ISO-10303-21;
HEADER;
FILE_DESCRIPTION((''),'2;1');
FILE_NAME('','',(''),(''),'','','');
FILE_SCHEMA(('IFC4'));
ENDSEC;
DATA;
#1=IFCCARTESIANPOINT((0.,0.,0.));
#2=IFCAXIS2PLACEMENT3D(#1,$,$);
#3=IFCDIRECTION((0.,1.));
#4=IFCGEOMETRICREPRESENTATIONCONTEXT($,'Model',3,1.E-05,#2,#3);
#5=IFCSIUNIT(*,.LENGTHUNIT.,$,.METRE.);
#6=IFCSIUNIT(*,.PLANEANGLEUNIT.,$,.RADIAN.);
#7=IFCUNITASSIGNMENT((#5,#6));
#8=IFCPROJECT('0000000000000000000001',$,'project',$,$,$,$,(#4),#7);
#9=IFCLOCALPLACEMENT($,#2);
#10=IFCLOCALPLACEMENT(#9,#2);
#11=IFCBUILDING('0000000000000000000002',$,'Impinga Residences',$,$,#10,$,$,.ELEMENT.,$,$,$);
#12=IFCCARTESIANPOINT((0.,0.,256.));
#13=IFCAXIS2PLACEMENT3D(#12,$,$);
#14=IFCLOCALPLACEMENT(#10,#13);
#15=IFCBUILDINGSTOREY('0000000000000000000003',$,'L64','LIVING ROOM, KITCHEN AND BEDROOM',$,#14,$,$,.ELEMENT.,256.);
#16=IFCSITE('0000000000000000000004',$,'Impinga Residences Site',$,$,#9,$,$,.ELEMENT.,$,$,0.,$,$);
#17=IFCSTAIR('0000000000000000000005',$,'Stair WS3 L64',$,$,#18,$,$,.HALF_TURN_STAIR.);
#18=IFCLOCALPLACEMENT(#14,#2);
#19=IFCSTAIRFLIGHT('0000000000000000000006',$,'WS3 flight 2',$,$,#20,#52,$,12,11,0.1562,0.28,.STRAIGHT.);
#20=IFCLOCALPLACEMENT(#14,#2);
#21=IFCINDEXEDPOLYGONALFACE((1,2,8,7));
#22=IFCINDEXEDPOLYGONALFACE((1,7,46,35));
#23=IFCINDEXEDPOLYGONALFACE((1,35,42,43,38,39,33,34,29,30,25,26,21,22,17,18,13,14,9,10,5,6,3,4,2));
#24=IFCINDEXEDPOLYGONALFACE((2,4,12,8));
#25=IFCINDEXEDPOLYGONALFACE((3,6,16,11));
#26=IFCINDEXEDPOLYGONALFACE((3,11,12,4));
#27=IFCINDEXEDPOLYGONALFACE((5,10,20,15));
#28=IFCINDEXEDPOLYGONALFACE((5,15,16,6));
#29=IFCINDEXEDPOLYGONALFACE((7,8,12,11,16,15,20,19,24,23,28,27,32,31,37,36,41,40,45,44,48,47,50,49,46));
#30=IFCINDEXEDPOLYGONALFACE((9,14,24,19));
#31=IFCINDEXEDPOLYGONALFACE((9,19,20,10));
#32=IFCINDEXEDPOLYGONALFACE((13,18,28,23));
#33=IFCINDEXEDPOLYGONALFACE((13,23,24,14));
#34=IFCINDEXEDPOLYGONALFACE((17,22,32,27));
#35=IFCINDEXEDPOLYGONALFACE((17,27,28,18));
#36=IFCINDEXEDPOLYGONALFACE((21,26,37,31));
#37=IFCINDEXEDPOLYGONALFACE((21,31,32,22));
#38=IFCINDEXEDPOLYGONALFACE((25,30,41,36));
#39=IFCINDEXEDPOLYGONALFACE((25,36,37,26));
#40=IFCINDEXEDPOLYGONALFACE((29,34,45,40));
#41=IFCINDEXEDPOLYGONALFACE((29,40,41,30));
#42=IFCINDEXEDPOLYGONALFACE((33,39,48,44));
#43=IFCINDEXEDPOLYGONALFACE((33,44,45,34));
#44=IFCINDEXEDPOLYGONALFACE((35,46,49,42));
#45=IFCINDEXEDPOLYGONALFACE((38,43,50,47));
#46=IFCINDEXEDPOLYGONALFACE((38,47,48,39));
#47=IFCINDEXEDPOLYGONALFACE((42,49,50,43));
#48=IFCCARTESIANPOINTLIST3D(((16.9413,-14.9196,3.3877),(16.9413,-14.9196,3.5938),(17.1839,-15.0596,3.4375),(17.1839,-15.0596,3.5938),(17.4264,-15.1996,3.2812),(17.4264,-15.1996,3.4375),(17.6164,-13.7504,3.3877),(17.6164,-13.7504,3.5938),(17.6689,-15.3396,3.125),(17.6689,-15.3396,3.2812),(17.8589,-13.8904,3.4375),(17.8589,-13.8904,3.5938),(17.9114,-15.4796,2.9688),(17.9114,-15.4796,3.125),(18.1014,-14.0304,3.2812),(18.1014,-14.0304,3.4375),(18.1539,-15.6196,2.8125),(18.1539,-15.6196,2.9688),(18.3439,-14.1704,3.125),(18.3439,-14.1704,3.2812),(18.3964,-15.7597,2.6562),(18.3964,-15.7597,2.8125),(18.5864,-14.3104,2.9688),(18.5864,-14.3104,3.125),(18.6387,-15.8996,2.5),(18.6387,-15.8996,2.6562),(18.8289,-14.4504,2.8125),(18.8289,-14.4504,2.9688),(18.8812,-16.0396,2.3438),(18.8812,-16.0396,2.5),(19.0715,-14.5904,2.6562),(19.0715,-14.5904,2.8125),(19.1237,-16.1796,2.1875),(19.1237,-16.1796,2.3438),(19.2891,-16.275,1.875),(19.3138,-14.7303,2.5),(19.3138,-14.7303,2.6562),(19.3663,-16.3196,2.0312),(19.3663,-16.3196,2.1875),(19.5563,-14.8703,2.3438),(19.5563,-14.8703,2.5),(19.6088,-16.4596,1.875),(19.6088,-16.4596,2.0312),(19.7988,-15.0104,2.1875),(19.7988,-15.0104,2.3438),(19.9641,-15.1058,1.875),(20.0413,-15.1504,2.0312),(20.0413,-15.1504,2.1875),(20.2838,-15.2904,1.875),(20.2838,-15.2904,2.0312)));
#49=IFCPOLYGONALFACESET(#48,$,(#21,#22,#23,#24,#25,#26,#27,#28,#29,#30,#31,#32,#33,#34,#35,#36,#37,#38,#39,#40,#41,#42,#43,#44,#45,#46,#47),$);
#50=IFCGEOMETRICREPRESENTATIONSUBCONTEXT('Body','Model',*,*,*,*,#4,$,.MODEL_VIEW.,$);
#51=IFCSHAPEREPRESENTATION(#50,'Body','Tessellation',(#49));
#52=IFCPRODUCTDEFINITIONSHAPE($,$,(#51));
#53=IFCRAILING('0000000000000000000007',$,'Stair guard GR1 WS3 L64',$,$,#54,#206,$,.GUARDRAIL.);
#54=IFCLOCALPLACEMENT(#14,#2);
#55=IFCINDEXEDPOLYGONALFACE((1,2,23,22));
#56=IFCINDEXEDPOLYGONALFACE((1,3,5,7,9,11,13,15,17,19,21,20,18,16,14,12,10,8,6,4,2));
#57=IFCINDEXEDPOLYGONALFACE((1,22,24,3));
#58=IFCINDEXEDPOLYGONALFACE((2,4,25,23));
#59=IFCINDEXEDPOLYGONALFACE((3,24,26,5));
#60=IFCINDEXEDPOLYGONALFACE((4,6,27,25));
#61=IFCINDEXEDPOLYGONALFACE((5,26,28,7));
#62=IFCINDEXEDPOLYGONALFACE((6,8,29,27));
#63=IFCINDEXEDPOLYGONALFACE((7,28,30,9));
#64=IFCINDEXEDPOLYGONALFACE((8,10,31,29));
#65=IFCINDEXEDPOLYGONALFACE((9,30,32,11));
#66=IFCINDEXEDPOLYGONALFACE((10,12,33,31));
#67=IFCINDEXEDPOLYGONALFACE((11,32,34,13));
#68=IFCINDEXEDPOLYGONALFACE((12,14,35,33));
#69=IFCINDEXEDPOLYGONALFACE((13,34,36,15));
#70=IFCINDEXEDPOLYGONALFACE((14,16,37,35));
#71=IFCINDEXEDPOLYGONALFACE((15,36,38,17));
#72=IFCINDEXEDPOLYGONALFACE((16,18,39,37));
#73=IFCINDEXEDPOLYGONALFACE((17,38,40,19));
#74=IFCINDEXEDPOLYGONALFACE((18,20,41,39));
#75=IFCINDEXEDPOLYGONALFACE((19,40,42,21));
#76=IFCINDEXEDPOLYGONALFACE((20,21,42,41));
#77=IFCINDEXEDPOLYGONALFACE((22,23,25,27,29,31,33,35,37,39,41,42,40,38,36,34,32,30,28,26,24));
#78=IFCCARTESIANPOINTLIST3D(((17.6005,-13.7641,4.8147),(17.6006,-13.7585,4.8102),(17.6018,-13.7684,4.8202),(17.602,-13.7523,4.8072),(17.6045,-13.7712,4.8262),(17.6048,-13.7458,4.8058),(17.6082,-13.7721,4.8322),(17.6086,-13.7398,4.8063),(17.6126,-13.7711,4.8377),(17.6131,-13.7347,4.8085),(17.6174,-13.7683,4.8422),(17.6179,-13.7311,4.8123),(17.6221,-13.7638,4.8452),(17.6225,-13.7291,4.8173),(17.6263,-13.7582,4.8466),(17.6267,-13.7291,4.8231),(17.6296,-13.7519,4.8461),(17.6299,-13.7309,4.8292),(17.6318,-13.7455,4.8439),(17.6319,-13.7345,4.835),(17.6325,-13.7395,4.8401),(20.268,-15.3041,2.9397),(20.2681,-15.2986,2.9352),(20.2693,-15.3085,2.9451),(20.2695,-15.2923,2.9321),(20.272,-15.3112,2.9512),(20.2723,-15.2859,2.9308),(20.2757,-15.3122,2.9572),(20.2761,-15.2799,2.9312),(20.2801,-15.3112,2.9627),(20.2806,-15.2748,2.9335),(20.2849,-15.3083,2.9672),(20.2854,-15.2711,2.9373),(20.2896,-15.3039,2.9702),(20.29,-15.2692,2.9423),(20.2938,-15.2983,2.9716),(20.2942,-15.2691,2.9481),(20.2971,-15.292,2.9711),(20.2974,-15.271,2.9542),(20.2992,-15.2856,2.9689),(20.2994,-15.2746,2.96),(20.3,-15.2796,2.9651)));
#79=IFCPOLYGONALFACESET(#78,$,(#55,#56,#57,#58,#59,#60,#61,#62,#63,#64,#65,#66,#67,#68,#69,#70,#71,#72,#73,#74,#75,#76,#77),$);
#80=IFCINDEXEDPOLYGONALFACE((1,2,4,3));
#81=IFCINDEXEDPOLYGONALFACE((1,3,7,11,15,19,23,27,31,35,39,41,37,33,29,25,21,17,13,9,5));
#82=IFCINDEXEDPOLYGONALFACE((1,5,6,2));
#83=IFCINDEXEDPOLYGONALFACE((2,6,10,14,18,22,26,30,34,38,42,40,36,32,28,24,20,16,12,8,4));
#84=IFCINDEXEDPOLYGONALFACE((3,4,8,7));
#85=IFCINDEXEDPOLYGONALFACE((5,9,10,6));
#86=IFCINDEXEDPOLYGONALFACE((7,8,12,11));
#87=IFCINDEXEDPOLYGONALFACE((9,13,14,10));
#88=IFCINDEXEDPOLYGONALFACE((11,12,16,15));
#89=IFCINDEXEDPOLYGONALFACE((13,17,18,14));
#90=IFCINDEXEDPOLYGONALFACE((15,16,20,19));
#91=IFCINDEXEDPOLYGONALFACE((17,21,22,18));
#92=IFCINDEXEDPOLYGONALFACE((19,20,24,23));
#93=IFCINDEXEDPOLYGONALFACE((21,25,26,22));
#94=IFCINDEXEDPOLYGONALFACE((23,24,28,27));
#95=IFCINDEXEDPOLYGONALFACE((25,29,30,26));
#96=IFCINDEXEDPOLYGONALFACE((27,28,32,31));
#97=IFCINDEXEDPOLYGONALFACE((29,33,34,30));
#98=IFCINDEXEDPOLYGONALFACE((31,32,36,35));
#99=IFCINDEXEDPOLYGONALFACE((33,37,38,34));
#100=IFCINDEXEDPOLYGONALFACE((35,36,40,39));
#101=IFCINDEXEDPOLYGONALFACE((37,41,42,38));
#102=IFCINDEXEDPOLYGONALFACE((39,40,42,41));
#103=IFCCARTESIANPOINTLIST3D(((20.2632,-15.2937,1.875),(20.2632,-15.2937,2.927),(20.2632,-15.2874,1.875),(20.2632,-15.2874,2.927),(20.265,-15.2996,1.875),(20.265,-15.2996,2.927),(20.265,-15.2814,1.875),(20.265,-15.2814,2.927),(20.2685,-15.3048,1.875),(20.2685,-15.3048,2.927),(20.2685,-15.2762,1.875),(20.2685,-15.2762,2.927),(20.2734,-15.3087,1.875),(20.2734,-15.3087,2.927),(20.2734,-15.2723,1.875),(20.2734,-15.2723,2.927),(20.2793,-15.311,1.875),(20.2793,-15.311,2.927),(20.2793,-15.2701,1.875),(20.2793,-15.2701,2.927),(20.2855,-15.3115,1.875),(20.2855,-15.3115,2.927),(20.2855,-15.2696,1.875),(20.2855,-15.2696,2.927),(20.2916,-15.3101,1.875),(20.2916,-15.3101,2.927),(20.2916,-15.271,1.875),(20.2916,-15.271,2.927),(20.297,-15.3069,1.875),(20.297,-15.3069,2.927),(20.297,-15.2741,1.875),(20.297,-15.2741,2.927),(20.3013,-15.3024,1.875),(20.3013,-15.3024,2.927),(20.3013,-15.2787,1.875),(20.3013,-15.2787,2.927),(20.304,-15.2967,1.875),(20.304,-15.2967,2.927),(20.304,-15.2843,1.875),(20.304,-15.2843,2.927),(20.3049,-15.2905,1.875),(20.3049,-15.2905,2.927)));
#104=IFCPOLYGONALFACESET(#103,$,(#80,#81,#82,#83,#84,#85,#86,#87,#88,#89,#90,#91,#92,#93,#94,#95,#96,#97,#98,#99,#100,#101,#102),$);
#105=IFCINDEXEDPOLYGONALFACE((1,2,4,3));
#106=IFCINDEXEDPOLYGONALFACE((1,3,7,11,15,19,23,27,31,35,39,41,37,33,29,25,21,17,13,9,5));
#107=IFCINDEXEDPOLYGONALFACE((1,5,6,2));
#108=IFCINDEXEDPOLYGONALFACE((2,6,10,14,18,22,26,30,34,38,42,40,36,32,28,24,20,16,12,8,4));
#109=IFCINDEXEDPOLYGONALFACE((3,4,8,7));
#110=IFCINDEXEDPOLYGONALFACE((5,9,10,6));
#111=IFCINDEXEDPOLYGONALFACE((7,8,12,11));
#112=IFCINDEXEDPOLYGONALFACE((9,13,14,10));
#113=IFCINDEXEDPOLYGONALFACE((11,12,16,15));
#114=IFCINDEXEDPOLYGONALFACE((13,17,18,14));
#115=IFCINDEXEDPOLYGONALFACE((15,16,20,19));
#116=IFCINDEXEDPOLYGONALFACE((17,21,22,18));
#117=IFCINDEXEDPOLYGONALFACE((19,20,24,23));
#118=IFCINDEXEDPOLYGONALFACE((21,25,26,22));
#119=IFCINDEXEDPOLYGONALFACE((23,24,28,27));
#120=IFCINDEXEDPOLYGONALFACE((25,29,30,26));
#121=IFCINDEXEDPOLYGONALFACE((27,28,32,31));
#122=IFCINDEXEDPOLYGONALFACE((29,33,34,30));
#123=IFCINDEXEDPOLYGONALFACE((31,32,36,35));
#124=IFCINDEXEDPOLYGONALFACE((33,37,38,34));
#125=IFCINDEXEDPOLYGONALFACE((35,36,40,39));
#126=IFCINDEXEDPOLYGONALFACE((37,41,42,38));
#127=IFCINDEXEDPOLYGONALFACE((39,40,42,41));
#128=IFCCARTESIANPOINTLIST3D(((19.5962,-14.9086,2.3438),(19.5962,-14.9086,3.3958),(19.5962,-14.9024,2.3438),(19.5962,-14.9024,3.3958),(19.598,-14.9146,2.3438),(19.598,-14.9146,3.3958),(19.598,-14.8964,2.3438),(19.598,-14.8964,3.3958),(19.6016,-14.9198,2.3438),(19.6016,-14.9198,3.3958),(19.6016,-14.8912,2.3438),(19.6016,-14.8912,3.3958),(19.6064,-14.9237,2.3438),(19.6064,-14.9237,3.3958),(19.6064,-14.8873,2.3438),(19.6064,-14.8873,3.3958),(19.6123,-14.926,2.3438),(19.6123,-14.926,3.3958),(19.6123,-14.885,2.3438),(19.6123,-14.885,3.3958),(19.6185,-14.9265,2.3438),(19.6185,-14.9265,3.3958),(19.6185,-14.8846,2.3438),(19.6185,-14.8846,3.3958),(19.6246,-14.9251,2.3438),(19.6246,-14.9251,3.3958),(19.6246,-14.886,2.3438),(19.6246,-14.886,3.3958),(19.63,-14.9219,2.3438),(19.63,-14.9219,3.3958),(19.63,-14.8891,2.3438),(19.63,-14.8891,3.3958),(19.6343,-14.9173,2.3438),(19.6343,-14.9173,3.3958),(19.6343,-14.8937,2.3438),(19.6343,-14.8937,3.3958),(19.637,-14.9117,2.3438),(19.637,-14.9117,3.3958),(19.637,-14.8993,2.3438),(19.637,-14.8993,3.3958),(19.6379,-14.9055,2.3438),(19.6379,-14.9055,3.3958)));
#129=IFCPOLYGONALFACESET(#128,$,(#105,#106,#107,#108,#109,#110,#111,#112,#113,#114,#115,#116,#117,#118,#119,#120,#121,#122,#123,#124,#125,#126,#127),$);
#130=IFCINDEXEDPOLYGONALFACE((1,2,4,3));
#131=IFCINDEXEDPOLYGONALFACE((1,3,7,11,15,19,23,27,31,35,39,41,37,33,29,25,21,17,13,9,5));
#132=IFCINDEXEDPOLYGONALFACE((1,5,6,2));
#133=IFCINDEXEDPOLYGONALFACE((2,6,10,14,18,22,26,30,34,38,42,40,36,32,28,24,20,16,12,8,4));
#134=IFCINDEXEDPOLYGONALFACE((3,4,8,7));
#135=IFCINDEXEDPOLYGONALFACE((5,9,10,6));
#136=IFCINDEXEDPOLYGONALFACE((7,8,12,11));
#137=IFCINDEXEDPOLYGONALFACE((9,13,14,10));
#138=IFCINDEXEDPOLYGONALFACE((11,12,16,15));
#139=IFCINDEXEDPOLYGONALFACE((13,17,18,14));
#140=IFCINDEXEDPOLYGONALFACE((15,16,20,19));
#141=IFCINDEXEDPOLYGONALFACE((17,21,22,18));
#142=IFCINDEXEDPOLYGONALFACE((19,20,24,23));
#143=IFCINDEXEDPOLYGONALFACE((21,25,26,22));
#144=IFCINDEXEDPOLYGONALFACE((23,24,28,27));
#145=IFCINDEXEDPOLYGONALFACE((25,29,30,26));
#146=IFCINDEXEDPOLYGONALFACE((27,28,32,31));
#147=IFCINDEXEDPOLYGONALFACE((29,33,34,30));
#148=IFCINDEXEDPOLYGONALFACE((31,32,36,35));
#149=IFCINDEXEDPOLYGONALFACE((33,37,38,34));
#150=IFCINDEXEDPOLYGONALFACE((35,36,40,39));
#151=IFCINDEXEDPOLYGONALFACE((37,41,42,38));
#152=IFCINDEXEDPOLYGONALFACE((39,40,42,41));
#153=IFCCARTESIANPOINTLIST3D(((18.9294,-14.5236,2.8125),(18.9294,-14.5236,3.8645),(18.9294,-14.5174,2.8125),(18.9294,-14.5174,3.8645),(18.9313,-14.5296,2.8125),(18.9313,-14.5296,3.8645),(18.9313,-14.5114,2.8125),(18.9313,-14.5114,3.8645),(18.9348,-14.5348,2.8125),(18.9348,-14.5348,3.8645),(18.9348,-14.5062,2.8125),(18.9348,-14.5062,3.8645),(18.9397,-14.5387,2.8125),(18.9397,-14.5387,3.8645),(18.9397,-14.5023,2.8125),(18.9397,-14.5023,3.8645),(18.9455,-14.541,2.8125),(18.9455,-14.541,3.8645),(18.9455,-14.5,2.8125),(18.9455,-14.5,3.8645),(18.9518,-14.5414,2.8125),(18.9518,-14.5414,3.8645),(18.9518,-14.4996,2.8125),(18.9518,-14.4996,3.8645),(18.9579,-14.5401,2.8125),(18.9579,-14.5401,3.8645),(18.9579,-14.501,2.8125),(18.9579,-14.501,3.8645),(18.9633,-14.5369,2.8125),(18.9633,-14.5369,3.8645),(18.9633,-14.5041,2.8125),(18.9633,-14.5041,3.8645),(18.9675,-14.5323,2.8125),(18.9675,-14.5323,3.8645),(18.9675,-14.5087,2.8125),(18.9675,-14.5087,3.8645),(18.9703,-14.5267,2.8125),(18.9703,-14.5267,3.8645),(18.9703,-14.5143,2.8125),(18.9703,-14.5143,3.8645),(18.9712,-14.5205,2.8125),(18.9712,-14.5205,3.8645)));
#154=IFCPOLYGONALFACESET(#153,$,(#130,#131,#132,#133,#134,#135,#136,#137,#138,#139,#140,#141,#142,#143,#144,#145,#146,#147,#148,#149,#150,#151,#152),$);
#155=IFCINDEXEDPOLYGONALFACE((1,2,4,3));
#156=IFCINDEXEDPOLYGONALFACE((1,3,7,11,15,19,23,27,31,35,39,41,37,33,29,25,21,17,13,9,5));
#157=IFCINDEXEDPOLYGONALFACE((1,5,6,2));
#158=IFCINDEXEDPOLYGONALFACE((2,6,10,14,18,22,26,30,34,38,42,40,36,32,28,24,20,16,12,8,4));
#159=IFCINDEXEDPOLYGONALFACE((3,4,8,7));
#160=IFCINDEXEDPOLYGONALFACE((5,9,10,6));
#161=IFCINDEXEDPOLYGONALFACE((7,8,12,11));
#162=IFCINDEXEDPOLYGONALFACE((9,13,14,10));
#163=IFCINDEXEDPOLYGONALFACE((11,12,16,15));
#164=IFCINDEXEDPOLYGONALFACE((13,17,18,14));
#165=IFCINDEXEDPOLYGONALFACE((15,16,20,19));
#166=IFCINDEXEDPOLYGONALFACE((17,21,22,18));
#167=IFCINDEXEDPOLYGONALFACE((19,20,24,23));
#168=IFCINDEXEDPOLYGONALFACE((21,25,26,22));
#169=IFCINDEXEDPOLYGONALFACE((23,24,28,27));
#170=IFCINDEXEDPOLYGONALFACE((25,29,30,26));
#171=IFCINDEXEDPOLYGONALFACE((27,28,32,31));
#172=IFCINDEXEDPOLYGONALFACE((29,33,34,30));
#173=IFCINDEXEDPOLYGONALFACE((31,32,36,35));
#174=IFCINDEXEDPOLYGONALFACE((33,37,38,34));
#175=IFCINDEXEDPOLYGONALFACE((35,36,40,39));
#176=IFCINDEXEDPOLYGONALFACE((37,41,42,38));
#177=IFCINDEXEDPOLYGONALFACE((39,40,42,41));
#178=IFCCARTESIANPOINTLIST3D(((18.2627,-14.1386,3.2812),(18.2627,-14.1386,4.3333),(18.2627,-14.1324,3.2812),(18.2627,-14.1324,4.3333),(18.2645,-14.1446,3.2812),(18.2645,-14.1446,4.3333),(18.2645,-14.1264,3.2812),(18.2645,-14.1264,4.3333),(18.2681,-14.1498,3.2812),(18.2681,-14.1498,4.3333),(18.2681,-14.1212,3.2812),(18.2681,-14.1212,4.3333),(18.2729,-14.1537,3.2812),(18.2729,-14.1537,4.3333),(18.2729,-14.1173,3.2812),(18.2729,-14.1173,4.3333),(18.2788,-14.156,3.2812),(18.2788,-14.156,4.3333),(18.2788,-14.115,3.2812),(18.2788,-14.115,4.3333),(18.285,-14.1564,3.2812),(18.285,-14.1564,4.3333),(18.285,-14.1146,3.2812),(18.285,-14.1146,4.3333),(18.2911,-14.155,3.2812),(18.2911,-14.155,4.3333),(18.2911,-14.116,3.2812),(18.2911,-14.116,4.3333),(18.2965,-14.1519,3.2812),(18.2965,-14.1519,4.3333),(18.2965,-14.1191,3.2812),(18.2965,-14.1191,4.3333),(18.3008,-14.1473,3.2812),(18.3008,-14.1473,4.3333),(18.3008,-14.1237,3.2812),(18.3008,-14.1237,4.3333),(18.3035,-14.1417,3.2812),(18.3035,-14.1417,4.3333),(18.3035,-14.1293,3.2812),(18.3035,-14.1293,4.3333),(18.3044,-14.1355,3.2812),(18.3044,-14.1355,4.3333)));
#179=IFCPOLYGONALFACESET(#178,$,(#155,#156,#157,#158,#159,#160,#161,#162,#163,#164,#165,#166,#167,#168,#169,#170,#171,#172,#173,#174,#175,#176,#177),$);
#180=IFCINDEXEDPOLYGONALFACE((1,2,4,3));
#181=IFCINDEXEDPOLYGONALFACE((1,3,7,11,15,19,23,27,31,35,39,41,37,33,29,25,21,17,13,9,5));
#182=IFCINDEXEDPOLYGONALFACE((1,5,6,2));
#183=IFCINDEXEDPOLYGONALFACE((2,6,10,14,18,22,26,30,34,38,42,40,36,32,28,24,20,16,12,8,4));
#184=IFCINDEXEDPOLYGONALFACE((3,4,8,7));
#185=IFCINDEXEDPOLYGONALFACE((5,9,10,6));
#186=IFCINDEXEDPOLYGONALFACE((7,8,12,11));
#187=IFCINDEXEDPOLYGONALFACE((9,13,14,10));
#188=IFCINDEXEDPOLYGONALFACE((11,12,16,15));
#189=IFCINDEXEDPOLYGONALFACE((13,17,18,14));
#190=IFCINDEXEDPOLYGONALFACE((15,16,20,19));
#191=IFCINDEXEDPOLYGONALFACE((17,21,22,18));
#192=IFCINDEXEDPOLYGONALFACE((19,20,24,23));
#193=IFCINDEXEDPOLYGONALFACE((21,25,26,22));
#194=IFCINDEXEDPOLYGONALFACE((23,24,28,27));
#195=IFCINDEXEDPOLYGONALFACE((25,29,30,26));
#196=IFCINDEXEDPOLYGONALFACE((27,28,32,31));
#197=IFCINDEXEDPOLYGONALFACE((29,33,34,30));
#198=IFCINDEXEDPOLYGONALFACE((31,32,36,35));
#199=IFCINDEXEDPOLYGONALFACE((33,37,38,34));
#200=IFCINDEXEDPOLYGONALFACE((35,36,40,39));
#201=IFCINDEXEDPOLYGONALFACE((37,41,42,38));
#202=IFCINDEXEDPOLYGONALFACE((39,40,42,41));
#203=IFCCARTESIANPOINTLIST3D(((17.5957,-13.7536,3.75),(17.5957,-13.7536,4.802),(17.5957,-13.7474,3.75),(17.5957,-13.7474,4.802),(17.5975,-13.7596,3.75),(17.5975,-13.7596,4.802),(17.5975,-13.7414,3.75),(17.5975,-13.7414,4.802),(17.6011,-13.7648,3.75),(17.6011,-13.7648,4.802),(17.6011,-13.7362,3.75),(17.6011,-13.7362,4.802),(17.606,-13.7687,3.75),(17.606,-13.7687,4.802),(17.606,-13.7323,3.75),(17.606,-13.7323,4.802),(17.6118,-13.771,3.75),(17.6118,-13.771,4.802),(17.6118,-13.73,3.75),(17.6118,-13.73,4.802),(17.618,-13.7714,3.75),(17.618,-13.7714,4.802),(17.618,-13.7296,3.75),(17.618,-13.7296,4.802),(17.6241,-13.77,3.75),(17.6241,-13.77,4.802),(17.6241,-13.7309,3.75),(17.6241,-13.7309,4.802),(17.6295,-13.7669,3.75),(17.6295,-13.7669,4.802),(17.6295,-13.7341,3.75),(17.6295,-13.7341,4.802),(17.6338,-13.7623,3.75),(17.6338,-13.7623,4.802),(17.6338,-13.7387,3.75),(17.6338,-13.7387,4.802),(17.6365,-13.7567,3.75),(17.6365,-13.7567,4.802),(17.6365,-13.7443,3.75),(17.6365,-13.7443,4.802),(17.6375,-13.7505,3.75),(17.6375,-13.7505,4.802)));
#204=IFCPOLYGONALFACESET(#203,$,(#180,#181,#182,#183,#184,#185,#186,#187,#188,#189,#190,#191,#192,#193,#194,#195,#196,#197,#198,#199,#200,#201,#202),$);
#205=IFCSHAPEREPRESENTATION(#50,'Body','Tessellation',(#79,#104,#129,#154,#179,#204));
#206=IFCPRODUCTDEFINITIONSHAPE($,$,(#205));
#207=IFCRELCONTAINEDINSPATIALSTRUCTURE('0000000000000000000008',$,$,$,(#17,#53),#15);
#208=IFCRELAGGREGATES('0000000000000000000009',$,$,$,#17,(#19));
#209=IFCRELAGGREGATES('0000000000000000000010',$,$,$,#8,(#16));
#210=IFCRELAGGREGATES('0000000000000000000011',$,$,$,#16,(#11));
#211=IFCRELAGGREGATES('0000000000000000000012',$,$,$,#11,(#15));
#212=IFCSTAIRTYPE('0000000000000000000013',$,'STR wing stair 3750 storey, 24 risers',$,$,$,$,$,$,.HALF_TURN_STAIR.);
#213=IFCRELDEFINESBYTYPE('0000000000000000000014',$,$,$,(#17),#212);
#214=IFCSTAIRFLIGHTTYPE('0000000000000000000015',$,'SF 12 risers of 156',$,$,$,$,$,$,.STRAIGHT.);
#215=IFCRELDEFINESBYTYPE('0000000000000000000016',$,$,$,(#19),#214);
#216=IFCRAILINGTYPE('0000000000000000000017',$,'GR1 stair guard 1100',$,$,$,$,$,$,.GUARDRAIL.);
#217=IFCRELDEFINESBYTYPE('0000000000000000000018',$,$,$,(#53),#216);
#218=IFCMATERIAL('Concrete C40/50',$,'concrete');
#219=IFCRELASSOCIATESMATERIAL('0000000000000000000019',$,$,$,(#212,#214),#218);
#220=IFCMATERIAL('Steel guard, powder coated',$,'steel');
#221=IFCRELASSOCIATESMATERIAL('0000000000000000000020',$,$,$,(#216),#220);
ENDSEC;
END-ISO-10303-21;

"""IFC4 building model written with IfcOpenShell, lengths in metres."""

from ifc_helpers import new_model, si_unit, direction, frame, origin, origin_2d, place, context, subcontext, project, spatial, polyline, circle, outline, extrude, material, type_object, element, aggregate, save


model = new_model("IFC4")

# Units and contexts
model_context = context("Model", 3, precision=1e-05, world=origin(), true_north=direction((0.0, 1.0)))
body_context = subcontext(model_context, "Body", "Model", "MODEL_VIEW")
ifc_project = project(units=[si_unit("LENGTHUNIT", "METRE"), si_unit("PLANEANGLEUNIT", "RADIAN")], contexts=[model_context])

# Site, building, storey
site_placement = place(None, origin())
site = spatial("IfcSite", under=ifc_project, at=site_placement, Name="Impinga Residences Site", CompositionType="ELEMENT", RefElevation=0.0)
building_placement = place(site_placement, origin())
building = spatial("IfcBuilding", under=site, at=building_placement, Name="Impinga Residences", CompositionType="ELEMENT")
storey_placement = place(building_placement, frame((0.0, 0.0, 256.0)))
storey = spatial("IfcBuildingStorey", under=building, at=storey_placement, Name="L64", Description="LIVING ROOM, KITCHEN AND BEDROOM", CompositionType="ELEMENT", Elevation=256.0)

# Stair, stair flight
ifc_material_1 = material(Name="Concrete C40/50", Category="concrete")
stair_type = type_object("IfcStairType", Name="STR wing stair 3750 storey, 24 risers", PredefinedType="HALF_TURN_STAIR", material=ifc_material_1)
stair_placement = place(storey_placement, origin())
stair = element("IfcStair", 1, at=stair_placement, inside=storey, type_object=stair_type, Name="Stair WS3 L64", PredefinedType="HALF_TURN_STAIR")
stair_flight_type = type_object("IfcStairFlightType", Name="SF 12 risers of 156", PredefinedType="STRAIGHT", material=ifc_material_1)
stair_flight_1_placement = place(storey_placement, frame((19.9463, -15.875, 1.875), z_axis=(0.0, 0.0, 1.0), x_axis=(-0.866025, 0.5, 0.0)))
stair_flight_1 = element("IfcStairFlight", 2, at=stair_flight_1_placement, type_object=stair_flight_type, Name="WS3 flight 2", NumberOfRisers=12, NumberOfTreads=11, PredefinedType="STRAIGHT", RiserHeight=0.1562, TreadLength=0.28, context=body_context, shape_type="SweptSolid", body=[
    extrude(outline(polyline([(0.0, 0.0), (0.0, 0.1562), (0.28, 0.1562), (0.28, 0.3125), (0.5601, 0.3125), (0.5601, 0.4688), (0.8401, 0.4688), (0.8401, 0.625), (1.1201, 0.625), (1.1201, 0.7812), (1.3999, 0.7812), (1.3999, 0.9375), (1.6799, 0.9375), (1.6799, 1.0938), (1.96, 1.0938), (1.96, 1.25), (2.24, 1.25), (2.24, 1.4062), (2.52, 1.4062), (2.52, 1.5625), (2.8, 1.5625), (2.8, 1.7188), (3.0801, 1.7188), (3.0801, 1.875), (3.0801, 1.5127), (0.3691, 0.0), (0.0, 0.0)])), frame((0.0, 0.675, 0.0), z_axis=(0.0, -1.0, 0.0), x_axis=(1.0, 0.0, 0.0)), (0.0, 0.0, 1.0), 1.3501),
])
aggregate(stair, [stair_flight_1])

# Railing
ifc_material_2 = material(Name="Steel guard, powder coated", Category="steel")
railing_type_1 = type_object("IfcRailingType", Name="GR1 stair guard 1100", PredefinedType="GUARDRAIL", material=ifc_material_2)
railing_1_placement = place(storey_placement, frame((20.2839, -15.2905, 1.875)))
element("IfcRailing", 3, at=railing_1_placement, inside=storey, type_object=railing_type_1, Name="Stair guard GR1 WS3 L64", PredefinedType="GUARDRAIL", context=body_context, shape_type="SweptSolid", body=[
    extrude(circle(Radius=0.0239, at=origin_2d()), frame((0.0, 0.0, 1.0762), z_axis=(-0.739746, 0.427084, 0.519975), x_axis=(-0.499992, -0.86603, 0.0)), (0.0, 0.0, 1.0), 3.606),
    extrude(circle(Radius=0.021, at=origin_2d()), origin(), (0.0, 0.0, 1.0), 1.052),
    extrude(circle(Radius=0.021, at=origin_2d()), frame((-0.667, 0.385, 0.4688)), (0.0, 0.0, 1.0), 1.052),
    extrude(circle(Radius=0.021, at=origin_2d()), frame((-1.3337, 0.77, 0.9375)), (0.0, 0.0, 1.0), 1.052),
    extrude(circle(Radius=0.021, at=origin_2d()), frame((-2.0005, 1.155, 1.4062)), (0.0, 0.0, 1.0), 1.052),
    extrude(circle(Radius=0.021, at=origin_2d()), frame((-2.6675, 1.54, 1.875)), (0.0, 0.0, 1.0), 1.052),
])

save(model, "model.ifc")
